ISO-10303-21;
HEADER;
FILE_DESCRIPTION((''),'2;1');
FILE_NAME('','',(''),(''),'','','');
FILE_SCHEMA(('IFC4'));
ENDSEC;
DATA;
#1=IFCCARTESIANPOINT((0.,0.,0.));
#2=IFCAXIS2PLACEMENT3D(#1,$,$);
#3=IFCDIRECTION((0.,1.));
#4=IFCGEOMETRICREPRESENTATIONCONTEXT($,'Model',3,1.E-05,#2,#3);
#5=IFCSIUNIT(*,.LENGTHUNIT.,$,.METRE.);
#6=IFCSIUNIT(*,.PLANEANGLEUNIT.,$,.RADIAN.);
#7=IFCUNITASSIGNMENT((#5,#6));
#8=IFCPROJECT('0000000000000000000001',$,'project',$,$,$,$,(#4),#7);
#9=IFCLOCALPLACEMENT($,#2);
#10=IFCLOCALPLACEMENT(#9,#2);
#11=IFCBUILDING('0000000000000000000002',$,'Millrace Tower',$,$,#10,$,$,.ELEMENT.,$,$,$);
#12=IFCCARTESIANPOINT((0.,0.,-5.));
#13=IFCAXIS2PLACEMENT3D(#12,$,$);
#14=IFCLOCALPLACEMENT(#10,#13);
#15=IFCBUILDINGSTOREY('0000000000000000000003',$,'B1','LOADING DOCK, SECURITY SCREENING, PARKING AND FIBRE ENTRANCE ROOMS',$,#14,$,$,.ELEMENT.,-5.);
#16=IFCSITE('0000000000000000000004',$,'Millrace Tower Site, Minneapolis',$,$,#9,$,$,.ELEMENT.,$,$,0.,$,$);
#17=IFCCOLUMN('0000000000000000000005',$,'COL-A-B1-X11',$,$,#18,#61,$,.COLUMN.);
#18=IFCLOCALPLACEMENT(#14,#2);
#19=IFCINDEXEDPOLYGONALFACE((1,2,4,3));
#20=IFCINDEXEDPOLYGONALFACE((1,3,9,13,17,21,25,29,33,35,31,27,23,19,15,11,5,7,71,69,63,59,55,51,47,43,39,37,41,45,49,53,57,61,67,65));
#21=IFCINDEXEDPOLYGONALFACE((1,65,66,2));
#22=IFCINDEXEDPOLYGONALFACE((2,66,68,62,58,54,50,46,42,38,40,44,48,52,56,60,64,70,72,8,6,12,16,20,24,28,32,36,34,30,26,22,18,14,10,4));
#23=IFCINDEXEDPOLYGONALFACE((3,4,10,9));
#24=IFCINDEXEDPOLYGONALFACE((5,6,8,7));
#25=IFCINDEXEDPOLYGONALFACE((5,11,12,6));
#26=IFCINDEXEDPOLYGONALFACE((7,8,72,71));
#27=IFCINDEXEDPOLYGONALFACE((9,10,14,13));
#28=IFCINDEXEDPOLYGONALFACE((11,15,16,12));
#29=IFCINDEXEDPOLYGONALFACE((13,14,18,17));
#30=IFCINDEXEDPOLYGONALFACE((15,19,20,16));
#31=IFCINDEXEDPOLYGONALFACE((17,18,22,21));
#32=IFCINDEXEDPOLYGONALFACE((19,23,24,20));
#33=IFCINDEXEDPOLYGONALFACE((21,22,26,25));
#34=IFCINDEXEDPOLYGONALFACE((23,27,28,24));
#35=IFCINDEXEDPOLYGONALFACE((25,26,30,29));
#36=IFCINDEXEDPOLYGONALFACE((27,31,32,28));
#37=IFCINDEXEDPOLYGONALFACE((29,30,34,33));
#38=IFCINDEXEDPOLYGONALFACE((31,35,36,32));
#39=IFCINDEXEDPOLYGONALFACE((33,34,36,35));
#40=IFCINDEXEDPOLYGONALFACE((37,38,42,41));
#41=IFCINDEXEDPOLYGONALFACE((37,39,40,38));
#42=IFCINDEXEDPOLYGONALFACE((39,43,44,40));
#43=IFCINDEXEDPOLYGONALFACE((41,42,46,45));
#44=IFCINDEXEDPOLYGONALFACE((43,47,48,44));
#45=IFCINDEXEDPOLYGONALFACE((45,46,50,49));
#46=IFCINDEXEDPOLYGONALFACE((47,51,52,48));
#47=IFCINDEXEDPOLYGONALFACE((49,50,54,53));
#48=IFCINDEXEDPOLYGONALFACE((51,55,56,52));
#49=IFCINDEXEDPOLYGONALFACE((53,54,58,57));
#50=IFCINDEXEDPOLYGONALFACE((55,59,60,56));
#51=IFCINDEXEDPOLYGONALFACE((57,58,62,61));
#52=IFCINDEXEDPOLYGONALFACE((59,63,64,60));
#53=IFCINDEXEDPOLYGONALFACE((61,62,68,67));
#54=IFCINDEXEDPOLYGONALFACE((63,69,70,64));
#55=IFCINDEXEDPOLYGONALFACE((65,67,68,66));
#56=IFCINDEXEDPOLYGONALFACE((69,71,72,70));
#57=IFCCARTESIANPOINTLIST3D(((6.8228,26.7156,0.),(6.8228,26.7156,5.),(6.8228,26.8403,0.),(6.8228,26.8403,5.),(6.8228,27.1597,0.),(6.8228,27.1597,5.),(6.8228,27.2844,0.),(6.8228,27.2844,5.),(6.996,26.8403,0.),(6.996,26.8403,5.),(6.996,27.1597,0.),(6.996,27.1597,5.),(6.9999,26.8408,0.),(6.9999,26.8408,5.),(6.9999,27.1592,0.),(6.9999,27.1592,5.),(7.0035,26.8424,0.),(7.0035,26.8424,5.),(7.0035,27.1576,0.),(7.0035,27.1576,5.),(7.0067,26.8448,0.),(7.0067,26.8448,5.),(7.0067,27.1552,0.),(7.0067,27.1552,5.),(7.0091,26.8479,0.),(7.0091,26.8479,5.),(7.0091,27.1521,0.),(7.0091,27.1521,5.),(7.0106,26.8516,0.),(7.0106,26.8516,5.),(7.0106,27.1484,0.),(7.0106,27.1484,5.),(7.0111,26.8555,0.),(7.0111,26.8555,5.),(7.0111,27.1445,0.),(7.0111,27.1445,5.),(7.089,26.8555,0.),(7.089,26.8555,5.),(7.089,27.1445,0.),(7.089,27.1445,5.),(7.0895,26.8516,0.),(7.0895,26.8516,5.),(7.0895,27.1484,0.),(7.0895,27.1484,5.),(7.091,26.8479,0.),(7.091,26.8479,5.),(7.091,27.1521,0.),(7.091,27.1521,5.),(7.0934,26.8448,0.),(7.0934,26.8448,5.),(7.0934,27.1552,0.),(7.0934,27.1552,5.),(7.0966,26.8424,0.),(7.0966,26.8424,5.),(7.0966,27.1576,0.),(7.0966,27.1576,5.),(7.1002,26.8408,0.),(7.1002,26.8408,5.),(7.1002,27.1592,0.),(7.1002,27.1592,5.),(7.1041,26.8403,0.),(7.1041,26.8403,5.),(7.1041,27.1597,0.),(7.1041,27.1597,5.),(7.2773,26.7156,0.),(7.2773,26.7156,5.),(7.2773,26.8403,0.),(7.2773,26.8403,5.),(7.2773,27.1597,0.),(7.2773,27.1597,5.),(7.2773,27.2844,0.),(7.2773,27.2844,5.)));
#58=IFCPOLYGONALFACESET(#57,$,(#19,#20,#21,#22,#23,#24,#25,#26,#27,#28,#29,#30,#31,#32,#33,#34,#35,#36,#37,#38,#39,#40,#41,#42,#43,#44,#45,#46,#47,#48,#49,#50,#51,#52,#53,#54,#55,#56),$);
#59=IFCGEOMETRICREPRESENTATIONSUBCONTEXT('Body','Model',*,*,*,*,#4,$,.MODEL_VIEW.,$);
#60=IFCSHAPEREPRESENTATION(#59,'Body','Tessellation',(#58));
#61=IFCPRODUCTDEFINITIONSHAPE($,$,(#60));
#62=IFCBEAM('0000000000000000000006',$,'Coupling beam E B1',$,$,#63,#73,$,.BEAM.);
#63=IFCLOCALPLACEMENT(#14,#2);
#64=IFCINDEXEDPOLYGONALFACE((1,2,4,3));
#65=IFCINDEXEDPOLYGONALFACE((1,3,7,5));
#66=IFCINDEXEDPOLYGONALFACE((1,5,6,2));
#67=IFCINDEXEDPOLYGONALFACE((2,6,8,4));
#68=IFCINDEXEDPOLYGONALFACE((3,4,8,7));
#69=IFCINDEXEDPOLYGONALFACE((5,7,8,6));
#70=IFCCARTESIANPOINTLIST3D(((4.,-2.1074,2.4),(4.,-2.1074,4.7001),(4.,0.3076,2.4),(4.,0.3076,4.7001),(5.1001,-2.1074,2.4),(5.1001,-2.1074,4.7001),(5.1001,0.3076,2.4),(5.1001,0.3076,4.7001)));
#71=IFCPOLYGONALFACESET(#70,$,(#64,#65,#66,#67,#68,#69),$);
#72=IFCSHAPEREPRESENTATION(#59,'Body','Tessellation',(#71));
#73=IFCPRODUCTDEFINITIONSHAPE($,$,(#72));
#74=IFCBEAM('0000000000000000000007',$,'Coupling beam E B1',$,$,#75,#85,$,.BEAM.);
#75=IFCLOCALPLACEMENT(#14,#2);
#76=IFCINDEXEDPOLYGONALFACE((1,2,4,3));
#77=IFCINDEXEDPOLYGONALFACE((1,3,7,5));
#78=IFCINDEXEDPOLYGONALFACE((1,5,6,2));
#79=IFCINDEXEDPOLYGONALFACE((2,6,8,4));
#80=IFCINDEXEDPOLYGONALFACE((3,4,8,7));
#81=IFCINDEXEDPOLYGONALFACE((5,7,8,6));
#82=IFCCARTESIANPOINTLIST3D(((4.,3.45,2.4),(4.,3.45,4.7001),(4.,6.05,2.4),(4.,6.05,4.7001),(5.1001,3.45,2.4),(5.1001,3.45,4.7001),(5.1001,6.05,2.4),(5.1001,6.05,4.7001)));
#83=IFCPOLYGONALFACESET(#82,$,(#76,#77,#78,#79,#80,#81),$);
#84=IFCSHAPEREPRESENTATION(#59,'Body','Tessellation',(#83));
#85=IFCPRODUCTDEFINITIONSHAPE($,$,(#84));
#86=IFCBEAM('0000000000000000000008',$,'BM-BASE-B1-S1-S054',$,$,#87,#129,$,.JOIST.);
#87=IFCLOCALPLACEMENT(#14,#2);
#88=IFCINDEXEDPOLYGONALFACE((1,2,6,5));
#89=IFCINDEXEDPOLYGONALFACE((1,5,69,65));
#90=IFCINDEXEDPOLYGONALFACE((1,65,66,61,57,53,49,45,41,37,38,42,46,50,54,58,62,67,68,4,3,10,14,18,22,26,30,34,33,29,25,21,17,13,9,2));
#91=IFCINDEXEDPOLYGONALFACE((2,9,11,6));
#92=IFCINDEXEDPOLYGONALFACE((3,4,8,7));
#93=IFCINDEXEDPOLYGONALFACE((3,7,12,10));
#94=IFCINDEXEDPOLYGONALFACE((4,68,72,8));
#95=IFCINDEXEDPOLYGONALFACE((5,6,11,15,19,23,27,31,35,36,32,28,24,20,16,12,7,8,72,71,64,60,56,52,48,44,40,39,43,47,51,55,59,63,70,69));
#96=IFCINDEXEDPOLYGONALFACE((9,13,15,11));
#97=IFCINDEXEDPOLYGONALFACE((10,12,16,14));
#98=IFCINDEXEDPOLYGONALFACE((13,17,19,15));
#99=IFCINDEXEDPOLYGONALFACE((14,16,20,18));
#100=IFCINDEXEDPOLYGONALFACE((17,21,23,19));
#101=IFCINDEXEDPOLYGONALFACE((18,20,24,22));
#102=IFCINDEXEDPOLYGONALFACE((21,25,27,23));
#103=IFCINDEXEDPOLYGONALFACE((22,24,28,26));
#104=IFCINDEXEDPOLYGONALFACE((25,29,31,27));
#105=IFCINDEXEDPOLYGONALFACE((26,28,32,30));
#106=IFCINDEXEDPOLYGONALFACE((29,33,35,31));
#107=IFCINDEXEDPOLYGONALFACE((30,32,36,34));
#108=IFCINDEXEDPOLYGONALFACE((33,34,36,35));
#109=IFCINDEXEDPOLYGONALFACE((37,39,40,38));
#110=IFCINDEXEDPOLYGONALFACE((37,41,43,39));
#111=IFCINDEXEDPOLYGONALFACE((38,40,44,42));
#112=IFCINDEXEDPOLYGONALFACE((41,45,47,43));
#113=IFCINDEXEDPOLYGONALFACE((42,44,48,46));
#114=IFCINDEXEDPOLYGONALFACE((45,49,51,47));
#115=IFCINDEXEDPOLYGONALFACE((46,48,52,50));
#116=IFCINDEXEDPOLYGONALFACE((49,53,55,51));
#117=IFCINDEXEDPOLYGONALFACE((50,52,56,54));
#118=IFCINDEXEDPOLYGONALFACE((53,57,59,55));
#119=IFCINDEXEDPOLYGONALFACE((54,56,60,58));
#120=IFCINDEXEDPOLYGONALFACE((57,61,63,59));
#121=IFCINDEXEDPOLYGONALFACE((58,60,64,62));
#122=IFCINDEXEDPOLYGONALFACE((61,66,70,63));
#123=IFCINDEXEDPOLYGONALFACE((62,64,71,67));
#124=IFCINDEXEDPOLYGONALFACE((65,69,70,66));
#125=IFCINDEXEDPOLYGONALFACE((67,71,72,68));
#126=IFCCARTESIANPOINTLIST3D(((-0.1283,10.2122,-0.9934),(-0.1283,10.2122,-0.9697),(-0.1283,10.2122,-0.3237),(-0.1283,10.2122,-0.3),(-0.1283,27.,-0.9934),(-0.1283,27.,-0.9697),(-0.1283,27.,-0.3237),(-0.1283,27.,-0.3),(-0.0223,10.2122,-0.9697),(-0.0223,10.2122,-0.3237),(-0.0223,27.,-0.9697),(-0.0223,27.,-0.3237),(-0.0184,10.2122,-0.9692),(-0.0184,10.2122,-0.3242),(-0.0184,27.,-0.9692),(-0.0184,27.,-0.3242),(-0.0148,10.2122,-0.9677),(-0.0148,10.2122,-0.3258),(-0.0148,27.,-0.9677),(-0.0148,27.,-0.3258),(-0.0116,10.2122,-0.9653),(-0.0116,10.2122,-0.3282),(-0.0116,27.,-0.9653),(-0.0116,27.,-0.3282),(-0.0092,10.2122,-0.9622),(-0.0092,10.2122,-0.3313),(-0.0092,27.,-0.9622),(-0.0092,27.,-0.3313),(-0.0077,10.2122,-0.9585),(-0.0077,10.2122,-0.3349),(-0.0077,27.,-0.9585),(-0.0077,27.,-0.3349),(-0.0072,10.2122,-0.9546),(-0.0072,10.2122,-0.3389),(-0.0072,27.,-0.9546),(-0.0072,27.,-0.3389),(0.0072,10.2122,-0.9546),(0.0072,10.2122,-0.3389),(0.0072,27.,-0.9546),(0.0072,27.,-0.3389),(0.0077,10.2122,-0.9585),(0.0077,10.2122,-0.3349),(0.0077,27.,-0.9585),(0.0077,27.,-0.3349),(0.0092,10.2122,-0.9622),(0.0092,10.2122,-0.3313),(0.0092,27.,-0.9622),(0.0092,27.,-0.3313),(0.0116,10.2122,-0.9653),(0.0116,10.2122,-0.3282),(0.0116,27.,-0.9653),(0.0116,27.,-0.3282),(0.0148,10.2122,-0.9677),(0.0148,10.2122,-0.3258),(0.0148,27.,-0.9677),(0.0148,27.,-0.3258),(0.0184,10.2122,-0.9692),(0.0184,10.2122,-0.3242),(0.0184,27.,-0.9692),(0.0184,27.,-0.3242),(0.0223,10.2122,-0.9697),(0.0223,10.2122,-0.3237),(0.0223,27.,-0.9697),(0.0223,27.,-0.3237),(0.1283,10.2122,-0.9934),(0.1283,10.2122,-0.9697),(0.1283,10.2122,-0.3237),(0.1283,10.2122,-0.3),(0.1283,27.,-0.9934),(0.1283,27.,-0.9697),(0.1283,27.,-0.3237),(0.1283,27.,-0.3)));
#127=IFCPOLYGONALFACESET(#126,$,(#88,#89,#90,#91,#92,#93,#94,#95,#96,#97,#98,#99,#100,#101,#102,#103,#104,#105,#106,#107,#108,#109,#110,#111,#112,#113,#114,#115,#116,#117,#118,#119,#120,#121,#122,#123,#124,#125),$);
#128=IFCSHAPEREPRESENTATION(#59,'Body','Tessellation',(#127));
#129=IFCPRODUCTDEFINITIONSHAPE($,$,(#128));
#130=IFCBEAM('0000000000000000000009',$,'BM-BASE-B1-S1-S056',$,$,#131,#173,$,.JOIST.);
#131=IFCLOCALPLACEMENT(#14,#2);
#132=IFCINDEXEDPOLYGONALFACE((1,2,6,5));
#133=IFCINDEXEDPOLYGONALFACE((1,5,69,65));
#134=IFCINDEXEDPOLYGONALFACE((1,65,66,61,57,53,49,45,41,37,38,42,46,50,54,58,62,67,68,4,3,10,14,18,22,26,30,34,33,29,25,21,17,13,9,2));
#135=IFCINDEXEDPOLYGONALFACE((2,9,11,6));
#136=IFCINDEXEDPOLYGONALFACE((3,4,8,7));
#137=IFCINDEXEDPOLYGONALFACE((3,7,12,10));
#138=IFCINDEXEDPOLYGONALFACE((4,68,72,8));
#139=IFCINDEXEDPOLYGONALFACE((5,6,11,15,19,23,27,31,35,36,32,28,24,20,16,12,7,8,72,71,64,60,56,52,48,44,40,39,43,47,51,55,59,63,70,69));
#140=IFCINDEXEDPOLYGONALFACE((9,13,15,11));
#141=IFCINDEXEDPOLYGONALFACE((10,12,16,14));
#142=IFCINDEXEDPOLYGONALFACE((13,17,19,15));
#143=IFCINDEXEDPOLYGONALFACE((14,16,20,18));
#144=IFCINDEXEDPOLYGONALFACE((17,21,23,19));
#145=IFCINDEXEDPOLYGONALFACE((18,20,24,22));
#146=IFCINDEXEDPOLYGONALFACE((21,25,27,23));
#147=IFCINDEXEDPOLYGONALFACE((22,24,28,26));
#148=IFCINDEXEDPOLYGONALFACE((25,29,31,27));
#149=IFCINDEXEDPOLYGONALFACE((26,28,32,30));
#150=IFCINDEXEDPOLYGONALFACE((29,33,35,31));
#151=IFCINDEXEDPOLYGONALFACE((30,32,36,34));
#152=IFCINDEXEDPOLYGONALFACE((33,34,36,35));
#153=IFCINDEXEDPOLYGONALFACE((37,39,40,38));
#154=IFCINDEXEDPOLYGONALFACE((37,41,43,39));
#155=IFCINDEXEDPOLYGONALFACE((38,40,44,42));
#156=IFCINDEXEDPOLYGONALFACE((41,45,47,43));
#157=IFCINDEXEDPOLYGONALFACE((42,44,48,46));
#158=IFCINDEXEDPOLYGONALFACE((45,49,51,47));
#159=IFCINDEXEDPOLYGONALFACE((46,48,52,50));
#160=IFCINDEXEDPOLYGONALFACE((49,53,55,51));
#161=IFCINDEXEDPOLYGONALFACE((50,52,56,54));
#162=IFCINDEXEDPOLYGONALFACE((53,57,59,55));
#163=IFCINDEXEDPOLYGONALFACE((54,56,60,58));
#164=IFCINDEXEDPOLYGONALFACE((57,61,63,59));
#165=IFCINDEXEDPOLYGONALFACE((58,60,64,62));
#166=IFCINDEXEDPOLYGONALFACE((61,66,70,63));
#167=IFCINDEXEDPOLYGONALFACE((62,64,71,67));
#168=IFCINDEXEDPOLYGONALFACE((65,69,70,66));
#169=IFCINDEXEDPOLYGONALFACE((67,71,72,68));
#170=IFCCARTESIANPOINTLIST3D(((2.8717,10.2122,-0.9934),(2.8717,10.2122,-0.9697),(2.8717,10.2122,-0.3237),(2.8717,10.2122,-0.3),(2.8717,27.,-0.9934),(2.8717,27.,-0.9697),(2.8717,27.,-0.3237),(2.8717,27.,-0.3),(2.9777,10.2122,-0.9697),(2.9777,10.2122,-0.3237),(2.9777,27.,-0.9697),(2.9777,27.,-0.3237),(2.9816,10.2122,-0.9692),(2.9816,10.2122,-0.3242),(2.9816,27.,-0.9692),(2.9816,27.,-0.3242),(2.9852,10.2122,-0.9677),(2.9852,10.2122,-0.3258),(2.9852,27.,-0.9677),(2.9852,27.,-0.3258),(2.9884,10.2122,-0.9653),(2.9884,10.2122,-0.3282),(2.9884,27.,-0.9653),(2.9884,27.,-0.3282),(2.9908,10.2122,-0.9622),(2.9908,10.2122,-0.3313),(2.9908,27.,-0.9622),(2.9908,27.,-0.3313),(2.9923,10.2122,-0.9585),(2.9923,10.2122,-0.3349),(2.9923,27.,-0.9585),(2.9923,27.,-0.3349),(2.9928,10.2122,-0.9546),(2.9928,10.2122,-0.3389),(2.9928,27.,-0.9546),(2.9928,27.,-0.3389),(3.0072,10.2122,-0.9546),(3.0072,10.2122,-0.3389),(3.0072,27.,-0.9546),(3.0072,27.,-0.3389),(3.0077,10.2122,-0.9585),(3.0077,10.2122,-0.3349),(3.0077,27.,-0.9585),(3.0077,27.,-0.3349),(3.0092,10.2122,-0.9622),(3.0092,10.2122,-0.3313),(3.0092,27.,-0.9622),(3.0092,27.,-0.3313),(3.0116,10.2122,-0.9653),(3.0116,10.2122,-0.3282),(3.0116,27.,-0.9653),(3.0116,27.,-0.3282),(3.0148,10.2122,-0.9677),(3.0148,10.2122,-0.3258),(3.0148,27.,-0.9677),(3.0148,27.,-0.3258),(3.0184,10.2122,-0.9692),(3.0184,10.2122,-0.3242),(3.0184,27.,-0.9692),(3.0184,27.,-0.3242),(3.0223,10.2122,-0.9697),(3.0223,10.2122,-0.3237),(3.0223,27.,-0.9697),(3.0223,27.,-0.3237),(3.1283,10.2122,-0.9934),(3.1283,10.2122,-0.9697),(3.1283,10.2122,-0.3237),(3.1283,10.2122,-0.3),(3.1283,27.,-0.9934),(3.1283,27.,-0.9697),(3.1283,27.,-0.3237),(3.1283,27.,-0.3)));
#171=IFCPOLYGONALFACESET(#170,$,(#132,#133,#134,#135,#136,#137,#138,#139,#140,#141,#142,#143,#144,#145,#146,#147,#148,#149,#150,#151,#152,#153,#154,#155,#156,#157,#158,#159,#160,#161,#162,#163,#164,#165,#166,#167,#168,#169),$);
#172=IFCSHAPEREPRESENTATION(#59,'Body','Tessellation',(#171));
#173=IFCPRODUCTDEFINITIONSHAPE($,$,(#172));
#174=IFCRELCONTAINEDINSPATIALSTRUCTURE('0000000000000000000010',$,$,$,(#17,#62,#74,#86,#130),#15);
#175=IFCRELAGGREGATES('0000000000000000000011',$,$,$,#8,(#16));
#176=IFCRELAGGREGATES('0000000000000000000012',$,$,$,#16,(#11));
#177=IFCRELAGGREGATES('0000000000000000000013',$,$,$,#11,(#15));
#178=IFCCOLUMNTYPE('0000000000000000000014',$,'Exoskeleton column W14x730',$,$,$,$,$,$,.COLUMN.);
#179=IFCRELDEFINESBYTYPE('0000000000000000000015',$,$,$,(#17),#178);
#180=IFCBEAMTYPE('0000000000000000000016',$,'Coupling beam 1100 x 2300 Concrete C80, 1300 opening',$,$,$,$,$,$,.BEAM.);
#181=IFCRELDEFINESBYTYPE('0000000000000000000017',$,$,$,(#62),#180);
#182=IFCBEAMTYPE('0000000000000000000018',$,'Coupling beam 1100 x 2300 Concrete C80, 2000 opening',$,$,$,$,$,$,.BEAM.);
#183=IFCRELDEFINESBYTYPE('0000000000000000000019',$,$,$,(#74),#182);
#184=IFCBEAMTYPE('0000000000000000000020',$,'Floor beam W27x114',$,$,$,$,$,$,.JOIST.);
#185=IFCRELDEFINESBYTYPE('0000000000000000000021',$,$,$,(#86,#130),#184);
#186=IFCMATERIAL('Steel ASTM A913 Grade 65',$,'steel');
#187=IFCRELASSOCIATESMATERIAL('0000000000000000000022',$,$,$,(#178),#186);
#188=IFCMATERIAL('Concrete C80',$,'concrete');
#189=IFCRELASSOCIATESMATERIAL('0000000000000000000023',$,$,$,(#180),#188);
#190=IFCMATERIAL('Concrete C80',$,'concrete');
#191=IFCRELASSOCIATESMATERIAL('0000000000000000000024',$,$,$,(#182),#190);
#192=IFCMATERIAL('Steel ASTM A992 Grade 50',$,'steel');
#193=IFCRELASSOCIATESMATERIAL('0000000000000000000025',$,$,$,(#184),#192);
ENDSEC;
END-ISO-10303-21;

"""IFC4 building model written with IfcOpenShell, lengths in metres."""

from ifc_helpers import new_model, si_unit, direction, frame, origin, origin_2d, place, context, subcontext, project, spatial, rectangle, i_section, extrude, material, material_profile, profile_set, type_object, element, save


model = new_model("IFC4")

# Units and contexts
model_context = context("Model", 3, precision=1e-05, world=origin(), true_north=direction((0.0, 1.0)))
body_context = subcontext(model_context, "Body", "Model", "MODEL_VIEW")
ifc_project = project(units=[si_unit("LENGTHUNIT", "METRE"), si_unit("PLANEANGLEUNIT", "RADIAN")], contexts=[model_context])

# Site, building, storey
site_placement = place(None, origin())
site = spatial("IfcSite", under=ifc_project, at=site_placement, Name="Millrace Tower Site, Minneapolis", CompositionType="ELEMENT", RefElevation=0.0)
building_placement = place(site_placement, origin())
building = spatial("IfcBuilding", under=site, at=building_placement, Name="Millrace Tower", CompositionType="ELEMENT")
storey_placement = place(building_placement, frame((0.0, 0.0, -5.0)))
storey = spatial("IfcBuildingStorey", under=building, at=storey_placement, Name="B1", Description="LOADING DOCK, SECURITY SCREENING, PARKING AND FIBRE ENTRANCE ROOMS", CompositionType="ELEMENT", Elevation=-5.0)

# Column
ifc_material_1 = material(Name="Steel ASTM A913 Grade 65", Category="steel")
ifc_material_profile_1 = material_profile(ifc_material_1, i_section(OverallWidth=0.4546, OverallDepth=0.5688, WebThickness=0.0779, FlangeThickness=0.1248, FilletRadius=0.0151, at=origin_2d()))
ifc_profile_set_1 = profile_set([ifc_material_profile_1], Name="Steel ASTM A913 Grade 65")
column_type = type_object("IfcColumnType", Name="Exoskeleton column W14x730", PredefinedType="COLUMN", material=ifc_profile_set_1)
placement = place(storey_placement, frame((7.05, 27.0, 0.0), z_axis=(0.0, 0.0, 1.0), x_axis=(-1.0, 0.0, 0.0)))
element("IfcColumn", 1, at=placement, inside=storey, type_object=column_type, Name="COL-A-B1-X11", PredefinedType="COLUMN", context=body_context, shape_type="SweptSolid", body=[
    extrude(i_section(OverallWidth=0.4546, OverallDepth=0.5688, WebThickness=0.0779, FlangeThickness=0.1248, FilletRadius=0.0151, at=origin_2d()), origin(), (0.0, 0.0, 1.0), 5.0),
])

# Beams
ifc_material_2 = material(Name="Concrete C80", Category="concrete")
ifc_material_profile_2 = material_profile(ifc_material_2, rectangle(XDim=1.1001, YDim=2.3, at=origin_2d()))
ifc_profile_set_2 = profile_set([ifc_material_profile_2], Name="Concrete C80")
beam_type_1 = type_object("IfcBeamType", Name="Coupling beam 1100 x 2300 Concrete C80, 1300 opening", PredefinedType="BEAM", material=ifc_profile_set_2)
beam_1_placement = place(storey_placement, frame((4.55, 0.3076, 3.55), z_axis=(0.0, -1.0, 0.0), x_axis=(1.0, 0.0, 0.0)))
element("IfcBeam", 2, at=beam_1_placement, inside=storey, type_object=beam_type_1, Name="Coupling beam E B1", PredefinedType="BEAM", context=body_context, shape_type="SweptSolid", body=[
    extrude(rectangle(XDim=1.1001, YDim=2.3, at=origin_2d()), origin(), (0.0, 0.0, 1.0), 2.415),
])
ifc_material_3 = material(Name="Concrete C80", Category="concrete")
ifc_material_profile_3 = material_profile(ifc_material_3, rectangle(XDim=1.1001, YDim=2.3, at=origin_2d()))
ifc_profile_set_3 = profile_set([ifc_material_profile_3], Name="Concrete C80")
beam_type_2 = type_object("IfcBeamType", Name="Coupling beam 1100 x 2300 Concrete C80, 2000 opening", PredefinedType="BEAM", material=ifc_profile_set_3)
beam_2_placement = place(storey_placement, frame((4.55, 6.05, 3.55), z_axis=(0.0, -1.0, 0.0), x_axis=(1.0, 0.0, 0.0)))
element("IfcBeam", 3, at=beam_2_placement, inside=storey, type_object=beam_type_2, Name="Coupling beam E B1", PredefinedType="BEAM", context=body_context, shape_type="SweptSolid", body=[
    extrude(rectangle(XDim=1.1001, YDim=2.3, at=origin_2d()), origin(), (0.0, 0.0, 1.0), 2.6001),
])
ifc_material_4 = material(Name="Steel ASTM A992 Grade 50", Category="steel")
ifc_material_profile_4 = material_profile(ifc_material_4, i_section(OverallWidth=0.2566, OverallDepth=0.6934, WebThickness=0.0144, FlangeThickness=0.0237, FilletRadius=0.0151, at=origin_2d()))
ifc_profile_set_4 = profile_set([ifc_material_profile_4], Name="Steel ASTM A992 Grade 50")
beam_type_3 = type_object("IfcBeamType", Name="Floor beam W27x114", PredefinedType="JOIST", material=ifc_profile_set_4)
for number, where, z_axis, x_axis, name in (
    (4, (0.0, 10.2122, -0.6467), (0.0, 1.0, 0.0), (-1.0, 0.0, 0.0), "BM-BASE-B1-S1-S054"),
    (5, (3.0, 10.2122, -0.6467), (0.0, 1.0, 0.0), (-1.0, 0.0, 0.0), "BM-BASE-B1-S1-S056"),
):
    element("IfcBeam", number, at=place(storey_placement, frame(where, z_axis=z_axis, x_axis=x_axis)), inside=storey, type_object=beam_type_3, Name=name, PredefinedType="JOIST", context=body_context, shape_type="SweptSolid", body=[
        extrude(i_section(OverallWidth=0.2566, OverallDepth=0.6934, WebThickness=0.0144, FlangeThickness=0.0237, FilletRadius=0.0151, at=origin_2d()), origin(), (0.0, 0.0, 1.0), 16.7878),
    ])

save(model, "model.ifc")
